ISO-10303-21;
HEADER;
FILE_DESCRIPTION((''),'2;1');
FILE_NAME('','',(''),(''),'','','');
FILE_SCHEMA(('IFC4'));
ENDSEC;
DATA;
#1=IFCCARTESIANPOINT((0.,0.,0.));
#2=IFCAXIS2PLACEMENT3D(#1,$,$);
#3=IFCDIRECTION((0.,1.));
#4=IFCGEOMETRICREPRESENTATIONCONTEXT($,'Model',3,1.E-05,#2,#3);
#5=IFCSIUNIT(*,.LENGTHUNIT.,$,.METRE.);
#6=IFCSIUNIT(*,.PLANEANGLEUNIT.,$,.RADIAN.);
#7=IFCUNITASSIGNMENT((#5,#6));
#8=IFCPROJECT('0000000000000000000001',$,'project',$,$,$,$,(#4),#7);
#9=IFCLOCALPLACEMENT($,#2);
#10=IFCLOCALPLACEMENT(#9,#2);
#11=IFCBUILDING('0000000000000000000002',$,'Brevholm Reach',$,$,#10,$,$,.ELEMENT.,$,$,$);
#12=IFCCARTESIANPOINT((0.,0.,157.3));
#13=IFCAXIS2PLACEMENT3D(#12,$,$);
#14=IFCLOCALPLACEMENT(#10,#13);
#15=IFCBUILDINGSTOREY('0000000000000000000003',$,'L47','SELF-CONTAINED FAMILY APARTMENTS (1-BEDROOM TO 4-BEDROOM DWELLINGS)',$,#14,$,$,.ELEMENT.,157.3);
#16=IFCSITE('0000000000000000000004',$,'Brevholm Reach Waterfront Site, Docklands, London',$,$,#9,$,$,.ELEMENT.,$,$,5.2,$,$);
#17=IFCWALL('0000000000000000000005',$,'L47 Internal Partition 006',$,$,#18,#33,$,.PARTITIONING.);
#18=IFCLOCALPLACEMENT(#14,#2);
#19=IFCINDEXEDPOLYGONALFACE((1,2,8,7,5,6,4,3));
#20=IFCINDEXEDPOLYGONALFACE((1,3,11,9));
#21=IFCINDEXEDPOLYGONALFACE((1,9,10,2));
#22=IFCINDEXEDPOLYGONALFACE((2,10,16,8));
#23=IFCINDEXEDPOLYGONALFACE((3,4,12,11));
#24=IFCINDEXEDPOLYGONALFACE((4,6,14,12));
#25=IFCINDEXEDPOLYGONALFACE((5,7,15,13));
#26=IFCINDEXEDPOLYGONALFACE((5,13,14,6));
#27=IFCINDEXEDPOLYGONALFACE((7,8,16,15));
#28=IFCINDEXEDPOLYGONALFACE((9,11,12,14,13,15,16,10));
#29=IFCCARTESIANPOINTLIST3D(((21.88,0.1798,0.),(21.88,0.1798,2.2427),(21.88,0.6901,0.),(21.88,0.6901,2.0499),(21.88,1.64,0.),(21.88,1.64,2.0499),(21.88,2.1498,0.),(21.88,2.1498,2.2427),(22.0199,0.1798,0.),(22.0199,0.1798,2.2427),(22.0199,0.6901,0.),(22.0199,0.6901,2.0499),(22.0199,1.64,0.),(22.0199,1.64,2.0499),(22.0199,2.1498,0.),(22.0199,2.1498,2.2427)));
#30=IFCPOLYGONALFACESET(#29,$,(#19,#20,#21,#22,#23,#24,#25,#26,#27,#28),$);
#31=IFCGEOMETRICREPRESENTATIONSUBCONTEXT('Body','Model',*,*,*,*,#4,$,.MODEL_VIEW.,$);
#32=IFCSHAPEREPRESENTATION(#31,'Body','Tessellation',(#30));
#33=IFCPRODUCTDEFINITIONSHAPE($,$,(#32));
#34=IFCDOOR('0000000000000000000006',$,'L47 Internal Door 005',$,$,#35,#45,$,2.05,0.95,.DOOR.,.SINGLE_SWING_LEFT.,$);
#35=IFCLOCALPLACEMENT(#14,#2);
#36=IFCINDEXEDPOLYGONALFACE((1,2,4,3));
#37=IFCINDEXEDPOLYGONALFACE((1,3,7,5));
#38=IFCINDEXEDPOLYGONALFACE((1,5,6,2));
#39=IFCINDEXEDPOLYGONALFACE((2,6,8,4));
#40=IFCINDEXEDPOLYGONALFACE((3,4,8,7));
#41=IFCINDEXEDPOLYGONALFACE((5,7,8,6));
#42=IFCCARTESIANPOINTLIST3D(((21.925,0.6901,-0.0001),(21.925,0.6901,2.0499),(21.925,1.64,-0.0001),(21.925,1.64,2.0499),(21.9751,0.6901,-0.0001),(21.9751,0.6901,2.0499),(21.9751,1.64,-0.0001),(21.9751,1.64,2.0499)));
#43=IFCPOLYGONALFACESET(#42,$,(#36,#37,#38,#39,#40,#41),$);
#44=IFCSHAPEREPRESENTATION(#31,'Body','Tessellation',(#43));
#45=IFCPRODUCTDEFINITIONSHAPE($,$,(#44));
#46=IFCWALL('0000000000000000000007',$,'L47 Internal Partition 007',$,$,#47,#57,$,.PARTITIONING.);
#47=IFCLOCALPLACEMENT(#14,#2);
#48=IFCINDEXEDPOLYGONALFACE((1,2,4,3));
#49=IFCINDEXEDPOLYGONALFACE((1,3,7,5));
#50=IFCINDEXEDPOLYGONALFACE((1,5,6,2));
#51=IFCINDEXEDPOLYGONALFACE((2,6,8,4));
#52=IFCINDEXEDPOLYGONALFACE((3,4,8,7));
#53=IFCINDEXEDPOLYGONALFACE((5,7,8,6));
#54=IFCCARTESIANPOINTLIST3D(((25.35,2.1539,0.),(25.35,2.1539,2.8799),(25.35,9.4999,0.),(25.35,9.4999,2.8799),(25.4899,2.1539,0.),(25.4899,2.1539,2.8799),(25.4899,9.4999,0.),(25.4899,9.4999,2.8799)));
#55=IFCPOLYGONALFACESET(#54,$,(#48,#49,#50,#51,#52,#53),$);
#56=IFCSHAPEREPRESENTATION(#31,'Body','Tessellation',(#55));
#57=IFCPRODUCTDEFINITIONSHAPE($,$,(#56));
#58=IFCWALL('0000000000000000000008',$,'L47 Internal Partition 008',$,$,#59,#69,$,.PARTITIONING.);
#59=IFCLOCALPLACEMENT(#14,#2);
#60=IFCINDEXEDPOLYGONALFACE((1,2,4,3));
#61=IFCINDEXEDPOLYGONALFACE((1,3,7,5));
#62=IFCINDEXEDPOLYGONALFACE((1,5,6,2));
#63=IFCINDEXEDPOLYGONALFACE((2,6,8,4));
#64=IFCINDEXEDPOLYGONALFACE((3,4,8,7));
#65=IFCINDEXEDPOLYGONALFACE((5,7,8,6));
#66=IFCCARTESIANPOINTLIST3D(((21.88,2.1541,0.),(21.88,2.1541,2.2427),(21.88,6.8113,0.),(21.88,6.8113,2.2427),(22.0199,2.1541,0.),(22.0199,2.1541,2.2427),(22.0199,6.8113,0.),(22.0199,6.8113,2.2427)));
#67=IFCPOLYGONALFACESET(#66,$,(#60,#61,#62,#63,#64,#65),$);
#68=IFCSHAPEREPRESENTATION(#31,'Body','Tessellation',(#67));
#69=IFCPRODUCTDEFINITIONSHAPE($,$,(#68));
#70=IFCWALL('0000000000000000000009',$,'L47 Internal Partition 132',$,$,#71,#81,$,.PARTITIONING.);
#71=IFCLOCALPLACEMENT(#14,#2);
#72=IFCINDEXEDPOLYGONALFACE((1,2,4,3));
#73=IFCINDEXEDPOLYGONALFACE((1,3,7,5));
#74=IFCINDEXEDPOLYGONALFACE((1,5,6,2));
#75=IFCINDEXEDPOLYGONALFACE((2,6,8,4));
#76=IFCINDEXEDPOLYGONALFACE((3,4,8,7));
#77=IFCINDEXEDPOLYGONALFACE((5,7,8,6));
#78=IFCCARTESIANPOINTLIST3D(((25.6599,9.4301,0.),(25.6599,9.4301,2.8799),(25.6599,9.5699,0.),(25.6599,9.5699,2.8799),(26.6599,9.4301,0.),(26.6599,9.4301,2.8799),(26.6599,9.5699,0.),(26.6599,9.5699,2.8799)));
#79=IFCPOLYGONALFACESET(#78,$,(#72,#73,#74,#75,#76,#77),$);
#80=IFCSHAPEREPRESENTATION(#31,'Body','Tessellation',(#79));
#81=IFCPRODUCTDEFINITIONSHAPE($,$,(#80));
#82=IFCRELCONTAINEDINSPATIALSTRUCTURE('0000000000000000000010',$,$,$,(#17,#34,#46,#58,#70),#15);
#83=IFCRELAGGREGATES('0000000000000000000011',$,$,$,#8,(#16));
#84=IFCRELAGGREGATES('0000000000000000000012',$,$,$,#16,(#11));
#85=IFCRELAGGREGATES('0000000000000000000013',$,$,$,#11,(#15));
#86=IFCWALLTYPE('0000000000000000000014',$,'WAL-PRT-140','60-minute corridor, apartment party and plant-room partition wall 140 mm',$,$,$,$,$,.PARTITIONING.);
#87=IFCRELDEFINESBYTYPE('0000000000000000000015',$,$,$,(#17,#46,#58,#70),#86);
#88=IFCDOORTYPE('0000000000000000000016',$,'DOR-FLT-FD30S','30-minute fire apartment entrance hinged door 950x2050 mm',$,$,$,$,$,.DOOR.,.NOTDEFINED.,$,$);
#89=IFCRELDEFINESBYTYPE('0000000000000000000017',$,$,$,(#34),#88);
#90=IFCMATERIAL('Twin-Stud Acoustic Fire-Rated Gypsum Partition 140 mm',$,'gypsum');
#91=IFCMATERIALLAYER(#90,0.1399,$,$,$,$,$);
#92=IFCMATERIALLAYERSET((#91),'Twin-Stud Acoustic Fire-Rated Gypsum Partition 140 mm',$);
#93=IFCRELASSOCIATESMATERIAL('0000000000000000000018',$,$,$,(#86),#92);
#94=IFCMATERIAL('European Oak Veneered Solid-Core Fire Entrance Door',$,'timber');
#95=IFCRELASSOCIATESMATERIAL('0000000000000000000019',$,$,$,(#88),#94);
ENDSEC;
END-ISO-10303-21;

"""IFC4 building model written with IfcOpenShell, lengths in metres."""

from ifc_helpers import new_model, si_unit, direction, frame, frame_2d, origin, place, context, subcontext, project, spatial, rectangle, extrude, material, layer, layer_set, type_object, element, fill, save


model = new_model("IFC4")

# Units and contexts
model_context = context("Model", 3, precision=1e-05, world=origin(), true_north=direction((0.0, 1.0)))
body_context = subcontext(model_context, "Body", "Model", "MODEL_VIEW")
ifc_project = project(units=[si_unit("LENGTHUNIT", "METRE"), si_unit("PLANEANGLEUNIT", "RADIAN")], contexts=[model_context])

# Site, building, storey
site_placement = place(None, origin())
site = spatial("IfcSite", under=ifc_project, at=site_placement, Name="Brevholm Reach Waterfront Site, Docklands, London", CompositionType="ELEMENT", RefElevation=5.2)
building_placement = place(site_placement, origin())
building = spatial("IfcBuilding", under=site, at=building_placement, Name="Brevholm Reach", CompositionType="ELEMENT")
storey_placement = place(building_placement, frame((0.0, 0.0, 157.3)))
storey = spatial("IfcBuildingStorey", under=building, at=storey_placement, Name="L47", Description="SELF-CONTAINED FAMILY APARTMENTS (1-BEDROOM TO 4-BEDROOM DWELLINGS)", CompositionType="ELEMENT", Elevation=157.3)

# Shared definitions
ifc_material_1 = material(Name="Twin-Stud Acoustic Fire-Rated Gypsum Partition 140 mm", Category="gypsum")
ifc_layer_1 = layer(ifc_material_1, 0.1399)
ifc_layer_set_1 = layer_set([ifc_layer_1], Name="Twin-Stud Acoustic Fire-Rated Gypsum Partition 140 mm")
wall_type_1 = type_object("IfcWallType", Name="WAL-PRT-140", Description="60-minute corridor, apartment party and plant-room partition wall 140 mm", PredefinedType="PARTITIONING", material=ifc_layer_set_1)

# Wall, opening, door
wall_1_placement = place(storey_placement, frame((21.95, 0.1799, 0.0), z_axis=(0.0, 0.0, 1.0), x_axis=(0.0, 1.0, 0.0)))
wall_1 = element("IfcWall", 1, at=wall_1_placement, inside=storey, type_object=wall_type_1, Name="L47 Internal Partition 006", PredefinedType="PARTITIONING", context=body_context, shape_type="SweptSolid", body=[
    extrude(rectangle(XDim=1.97, YDim=0.1399, at=frame_2d((0.9849, 0.0))), origin(), (0.0, 0.0, 1.0), 2.2427),
])
opening_1_placement = place(wall_1_placement, frame((0.51, 0.0, 0.0)))
opening_1 = element("IfcOpeningElement", 2, at=opening_1_placement, cuts=wall_1, PredefinedType="OPENING", context=body_context, shape_type="SweptSolid", body=[
    extrude(rectangle(XDim=0.95, YDim=2.05, at=frame_2d((0.4751, 1.0249))), frame((0.0, 0.0798, 0.0), z_axis=(0.0, -1.0, 0.0), x_axis=(1.0, 0.0, 0.0)), (0.0, 0.0, 1.0), 0.1599),
])
ifc_material_2 = material(Name="European Oak Veneered Solid-Core Fire Entrance Door", Category="timber")
door_type_1 = type_object("IfcDoorType", Name="DOR-FLT-FD30S", Description="30-minute fire apartment entrance hinged door 950x2050 mm", OperationType="NOTDEFINED", PredefinedType="DOOR", material=ifc_material_2)
door_1_placement = place(opening_1_placement, origin())
door_1 = element("IfcDoor", 3, at=door_1_placement, inside=storey, type_object=door_type_1, Name="L47 Internal Door 005", OperationType="SINGLE_SWING_LEFT", OverallHeight=2.05, OverallWidth=0.95, PredefinedType="DOOR", context=body_context, shape_type="SweptSolid", body=[
    extrude(rectangle(XDim=0.95, YDim=2.05, at=frame_2d((0.4751, 1.0249))), frame((0.0, 0.0249, 0.0), z_axis=(0.0, -1.0, 0.0), x_axis=(1.0, 0.0, 0.0)), (0.0, 0.0, 1.0), 0.05),
])
fill(opening_1, door_1)

# Walls
wall_2_placement = place(storey_placement, frame((25.4199, 2.1541, 0.0), z_axis=(0.0, 0.0, 1.0), x_axis=(0.0, 1.0, 0.0)))
element("IfcWall", 4, at=wall_2_placement, inside=storey, type_object=wall_type_1, Name="L47 Internal Partition 007", PredefinedType="PARTITIONING", context=body_context, shape_type="SweptSolid", body=[
    extrude(rectangle(XDim=7.3459, YDim=0.1399, at=frame_2d((3.6729, 0.0))), origin(), (0.0, 0.0, 1.0), 2.8799),
])
wall_3_placement = place(storey_placement, frame((21.95, 2.1541, 0.0), z_axis=(0.0, 0.0, 1.0), x_axis=(0.0, 1.0, 0.0)))
element("IfcWall", 5, at=wall_3_placement, inside=storey, type_object=wall_type_1, Name="L47 Internal Partition 008", PredefinedType="PARTITIONING", context=body_context, shape_type="SweptSolid", body=[
    extrude(rectangle(XDim=4.6572, YDim=0.1399, at=frame_2d((2.3286, 0.0))), origin(), (0.0, 0.0, 1.0), 2.2427),
])
wall_4_placement = place(storey_placement, frame((25.6599, 9.5, 0.0), z_axis=(0.0, 0.0, 1.0), x_axis=(1.0, 0.0, 0.0)))
element("IfcWall", 6, at=wall_4_placement, inside=storey, type_object=wall_type_1, Name="L47 Internal Partition 132", PredefinedType="PARTITIONING", context=body_context, shape_type="SweptSolid", body=[
    extrude(rectangle(XDim=1.0, YDim=0.1399, at=frame_2d((0.5, 0.0))), origin(), (0.0, 0.0, 1.0), 2.8799),
])

save(model, "model.ifc")
